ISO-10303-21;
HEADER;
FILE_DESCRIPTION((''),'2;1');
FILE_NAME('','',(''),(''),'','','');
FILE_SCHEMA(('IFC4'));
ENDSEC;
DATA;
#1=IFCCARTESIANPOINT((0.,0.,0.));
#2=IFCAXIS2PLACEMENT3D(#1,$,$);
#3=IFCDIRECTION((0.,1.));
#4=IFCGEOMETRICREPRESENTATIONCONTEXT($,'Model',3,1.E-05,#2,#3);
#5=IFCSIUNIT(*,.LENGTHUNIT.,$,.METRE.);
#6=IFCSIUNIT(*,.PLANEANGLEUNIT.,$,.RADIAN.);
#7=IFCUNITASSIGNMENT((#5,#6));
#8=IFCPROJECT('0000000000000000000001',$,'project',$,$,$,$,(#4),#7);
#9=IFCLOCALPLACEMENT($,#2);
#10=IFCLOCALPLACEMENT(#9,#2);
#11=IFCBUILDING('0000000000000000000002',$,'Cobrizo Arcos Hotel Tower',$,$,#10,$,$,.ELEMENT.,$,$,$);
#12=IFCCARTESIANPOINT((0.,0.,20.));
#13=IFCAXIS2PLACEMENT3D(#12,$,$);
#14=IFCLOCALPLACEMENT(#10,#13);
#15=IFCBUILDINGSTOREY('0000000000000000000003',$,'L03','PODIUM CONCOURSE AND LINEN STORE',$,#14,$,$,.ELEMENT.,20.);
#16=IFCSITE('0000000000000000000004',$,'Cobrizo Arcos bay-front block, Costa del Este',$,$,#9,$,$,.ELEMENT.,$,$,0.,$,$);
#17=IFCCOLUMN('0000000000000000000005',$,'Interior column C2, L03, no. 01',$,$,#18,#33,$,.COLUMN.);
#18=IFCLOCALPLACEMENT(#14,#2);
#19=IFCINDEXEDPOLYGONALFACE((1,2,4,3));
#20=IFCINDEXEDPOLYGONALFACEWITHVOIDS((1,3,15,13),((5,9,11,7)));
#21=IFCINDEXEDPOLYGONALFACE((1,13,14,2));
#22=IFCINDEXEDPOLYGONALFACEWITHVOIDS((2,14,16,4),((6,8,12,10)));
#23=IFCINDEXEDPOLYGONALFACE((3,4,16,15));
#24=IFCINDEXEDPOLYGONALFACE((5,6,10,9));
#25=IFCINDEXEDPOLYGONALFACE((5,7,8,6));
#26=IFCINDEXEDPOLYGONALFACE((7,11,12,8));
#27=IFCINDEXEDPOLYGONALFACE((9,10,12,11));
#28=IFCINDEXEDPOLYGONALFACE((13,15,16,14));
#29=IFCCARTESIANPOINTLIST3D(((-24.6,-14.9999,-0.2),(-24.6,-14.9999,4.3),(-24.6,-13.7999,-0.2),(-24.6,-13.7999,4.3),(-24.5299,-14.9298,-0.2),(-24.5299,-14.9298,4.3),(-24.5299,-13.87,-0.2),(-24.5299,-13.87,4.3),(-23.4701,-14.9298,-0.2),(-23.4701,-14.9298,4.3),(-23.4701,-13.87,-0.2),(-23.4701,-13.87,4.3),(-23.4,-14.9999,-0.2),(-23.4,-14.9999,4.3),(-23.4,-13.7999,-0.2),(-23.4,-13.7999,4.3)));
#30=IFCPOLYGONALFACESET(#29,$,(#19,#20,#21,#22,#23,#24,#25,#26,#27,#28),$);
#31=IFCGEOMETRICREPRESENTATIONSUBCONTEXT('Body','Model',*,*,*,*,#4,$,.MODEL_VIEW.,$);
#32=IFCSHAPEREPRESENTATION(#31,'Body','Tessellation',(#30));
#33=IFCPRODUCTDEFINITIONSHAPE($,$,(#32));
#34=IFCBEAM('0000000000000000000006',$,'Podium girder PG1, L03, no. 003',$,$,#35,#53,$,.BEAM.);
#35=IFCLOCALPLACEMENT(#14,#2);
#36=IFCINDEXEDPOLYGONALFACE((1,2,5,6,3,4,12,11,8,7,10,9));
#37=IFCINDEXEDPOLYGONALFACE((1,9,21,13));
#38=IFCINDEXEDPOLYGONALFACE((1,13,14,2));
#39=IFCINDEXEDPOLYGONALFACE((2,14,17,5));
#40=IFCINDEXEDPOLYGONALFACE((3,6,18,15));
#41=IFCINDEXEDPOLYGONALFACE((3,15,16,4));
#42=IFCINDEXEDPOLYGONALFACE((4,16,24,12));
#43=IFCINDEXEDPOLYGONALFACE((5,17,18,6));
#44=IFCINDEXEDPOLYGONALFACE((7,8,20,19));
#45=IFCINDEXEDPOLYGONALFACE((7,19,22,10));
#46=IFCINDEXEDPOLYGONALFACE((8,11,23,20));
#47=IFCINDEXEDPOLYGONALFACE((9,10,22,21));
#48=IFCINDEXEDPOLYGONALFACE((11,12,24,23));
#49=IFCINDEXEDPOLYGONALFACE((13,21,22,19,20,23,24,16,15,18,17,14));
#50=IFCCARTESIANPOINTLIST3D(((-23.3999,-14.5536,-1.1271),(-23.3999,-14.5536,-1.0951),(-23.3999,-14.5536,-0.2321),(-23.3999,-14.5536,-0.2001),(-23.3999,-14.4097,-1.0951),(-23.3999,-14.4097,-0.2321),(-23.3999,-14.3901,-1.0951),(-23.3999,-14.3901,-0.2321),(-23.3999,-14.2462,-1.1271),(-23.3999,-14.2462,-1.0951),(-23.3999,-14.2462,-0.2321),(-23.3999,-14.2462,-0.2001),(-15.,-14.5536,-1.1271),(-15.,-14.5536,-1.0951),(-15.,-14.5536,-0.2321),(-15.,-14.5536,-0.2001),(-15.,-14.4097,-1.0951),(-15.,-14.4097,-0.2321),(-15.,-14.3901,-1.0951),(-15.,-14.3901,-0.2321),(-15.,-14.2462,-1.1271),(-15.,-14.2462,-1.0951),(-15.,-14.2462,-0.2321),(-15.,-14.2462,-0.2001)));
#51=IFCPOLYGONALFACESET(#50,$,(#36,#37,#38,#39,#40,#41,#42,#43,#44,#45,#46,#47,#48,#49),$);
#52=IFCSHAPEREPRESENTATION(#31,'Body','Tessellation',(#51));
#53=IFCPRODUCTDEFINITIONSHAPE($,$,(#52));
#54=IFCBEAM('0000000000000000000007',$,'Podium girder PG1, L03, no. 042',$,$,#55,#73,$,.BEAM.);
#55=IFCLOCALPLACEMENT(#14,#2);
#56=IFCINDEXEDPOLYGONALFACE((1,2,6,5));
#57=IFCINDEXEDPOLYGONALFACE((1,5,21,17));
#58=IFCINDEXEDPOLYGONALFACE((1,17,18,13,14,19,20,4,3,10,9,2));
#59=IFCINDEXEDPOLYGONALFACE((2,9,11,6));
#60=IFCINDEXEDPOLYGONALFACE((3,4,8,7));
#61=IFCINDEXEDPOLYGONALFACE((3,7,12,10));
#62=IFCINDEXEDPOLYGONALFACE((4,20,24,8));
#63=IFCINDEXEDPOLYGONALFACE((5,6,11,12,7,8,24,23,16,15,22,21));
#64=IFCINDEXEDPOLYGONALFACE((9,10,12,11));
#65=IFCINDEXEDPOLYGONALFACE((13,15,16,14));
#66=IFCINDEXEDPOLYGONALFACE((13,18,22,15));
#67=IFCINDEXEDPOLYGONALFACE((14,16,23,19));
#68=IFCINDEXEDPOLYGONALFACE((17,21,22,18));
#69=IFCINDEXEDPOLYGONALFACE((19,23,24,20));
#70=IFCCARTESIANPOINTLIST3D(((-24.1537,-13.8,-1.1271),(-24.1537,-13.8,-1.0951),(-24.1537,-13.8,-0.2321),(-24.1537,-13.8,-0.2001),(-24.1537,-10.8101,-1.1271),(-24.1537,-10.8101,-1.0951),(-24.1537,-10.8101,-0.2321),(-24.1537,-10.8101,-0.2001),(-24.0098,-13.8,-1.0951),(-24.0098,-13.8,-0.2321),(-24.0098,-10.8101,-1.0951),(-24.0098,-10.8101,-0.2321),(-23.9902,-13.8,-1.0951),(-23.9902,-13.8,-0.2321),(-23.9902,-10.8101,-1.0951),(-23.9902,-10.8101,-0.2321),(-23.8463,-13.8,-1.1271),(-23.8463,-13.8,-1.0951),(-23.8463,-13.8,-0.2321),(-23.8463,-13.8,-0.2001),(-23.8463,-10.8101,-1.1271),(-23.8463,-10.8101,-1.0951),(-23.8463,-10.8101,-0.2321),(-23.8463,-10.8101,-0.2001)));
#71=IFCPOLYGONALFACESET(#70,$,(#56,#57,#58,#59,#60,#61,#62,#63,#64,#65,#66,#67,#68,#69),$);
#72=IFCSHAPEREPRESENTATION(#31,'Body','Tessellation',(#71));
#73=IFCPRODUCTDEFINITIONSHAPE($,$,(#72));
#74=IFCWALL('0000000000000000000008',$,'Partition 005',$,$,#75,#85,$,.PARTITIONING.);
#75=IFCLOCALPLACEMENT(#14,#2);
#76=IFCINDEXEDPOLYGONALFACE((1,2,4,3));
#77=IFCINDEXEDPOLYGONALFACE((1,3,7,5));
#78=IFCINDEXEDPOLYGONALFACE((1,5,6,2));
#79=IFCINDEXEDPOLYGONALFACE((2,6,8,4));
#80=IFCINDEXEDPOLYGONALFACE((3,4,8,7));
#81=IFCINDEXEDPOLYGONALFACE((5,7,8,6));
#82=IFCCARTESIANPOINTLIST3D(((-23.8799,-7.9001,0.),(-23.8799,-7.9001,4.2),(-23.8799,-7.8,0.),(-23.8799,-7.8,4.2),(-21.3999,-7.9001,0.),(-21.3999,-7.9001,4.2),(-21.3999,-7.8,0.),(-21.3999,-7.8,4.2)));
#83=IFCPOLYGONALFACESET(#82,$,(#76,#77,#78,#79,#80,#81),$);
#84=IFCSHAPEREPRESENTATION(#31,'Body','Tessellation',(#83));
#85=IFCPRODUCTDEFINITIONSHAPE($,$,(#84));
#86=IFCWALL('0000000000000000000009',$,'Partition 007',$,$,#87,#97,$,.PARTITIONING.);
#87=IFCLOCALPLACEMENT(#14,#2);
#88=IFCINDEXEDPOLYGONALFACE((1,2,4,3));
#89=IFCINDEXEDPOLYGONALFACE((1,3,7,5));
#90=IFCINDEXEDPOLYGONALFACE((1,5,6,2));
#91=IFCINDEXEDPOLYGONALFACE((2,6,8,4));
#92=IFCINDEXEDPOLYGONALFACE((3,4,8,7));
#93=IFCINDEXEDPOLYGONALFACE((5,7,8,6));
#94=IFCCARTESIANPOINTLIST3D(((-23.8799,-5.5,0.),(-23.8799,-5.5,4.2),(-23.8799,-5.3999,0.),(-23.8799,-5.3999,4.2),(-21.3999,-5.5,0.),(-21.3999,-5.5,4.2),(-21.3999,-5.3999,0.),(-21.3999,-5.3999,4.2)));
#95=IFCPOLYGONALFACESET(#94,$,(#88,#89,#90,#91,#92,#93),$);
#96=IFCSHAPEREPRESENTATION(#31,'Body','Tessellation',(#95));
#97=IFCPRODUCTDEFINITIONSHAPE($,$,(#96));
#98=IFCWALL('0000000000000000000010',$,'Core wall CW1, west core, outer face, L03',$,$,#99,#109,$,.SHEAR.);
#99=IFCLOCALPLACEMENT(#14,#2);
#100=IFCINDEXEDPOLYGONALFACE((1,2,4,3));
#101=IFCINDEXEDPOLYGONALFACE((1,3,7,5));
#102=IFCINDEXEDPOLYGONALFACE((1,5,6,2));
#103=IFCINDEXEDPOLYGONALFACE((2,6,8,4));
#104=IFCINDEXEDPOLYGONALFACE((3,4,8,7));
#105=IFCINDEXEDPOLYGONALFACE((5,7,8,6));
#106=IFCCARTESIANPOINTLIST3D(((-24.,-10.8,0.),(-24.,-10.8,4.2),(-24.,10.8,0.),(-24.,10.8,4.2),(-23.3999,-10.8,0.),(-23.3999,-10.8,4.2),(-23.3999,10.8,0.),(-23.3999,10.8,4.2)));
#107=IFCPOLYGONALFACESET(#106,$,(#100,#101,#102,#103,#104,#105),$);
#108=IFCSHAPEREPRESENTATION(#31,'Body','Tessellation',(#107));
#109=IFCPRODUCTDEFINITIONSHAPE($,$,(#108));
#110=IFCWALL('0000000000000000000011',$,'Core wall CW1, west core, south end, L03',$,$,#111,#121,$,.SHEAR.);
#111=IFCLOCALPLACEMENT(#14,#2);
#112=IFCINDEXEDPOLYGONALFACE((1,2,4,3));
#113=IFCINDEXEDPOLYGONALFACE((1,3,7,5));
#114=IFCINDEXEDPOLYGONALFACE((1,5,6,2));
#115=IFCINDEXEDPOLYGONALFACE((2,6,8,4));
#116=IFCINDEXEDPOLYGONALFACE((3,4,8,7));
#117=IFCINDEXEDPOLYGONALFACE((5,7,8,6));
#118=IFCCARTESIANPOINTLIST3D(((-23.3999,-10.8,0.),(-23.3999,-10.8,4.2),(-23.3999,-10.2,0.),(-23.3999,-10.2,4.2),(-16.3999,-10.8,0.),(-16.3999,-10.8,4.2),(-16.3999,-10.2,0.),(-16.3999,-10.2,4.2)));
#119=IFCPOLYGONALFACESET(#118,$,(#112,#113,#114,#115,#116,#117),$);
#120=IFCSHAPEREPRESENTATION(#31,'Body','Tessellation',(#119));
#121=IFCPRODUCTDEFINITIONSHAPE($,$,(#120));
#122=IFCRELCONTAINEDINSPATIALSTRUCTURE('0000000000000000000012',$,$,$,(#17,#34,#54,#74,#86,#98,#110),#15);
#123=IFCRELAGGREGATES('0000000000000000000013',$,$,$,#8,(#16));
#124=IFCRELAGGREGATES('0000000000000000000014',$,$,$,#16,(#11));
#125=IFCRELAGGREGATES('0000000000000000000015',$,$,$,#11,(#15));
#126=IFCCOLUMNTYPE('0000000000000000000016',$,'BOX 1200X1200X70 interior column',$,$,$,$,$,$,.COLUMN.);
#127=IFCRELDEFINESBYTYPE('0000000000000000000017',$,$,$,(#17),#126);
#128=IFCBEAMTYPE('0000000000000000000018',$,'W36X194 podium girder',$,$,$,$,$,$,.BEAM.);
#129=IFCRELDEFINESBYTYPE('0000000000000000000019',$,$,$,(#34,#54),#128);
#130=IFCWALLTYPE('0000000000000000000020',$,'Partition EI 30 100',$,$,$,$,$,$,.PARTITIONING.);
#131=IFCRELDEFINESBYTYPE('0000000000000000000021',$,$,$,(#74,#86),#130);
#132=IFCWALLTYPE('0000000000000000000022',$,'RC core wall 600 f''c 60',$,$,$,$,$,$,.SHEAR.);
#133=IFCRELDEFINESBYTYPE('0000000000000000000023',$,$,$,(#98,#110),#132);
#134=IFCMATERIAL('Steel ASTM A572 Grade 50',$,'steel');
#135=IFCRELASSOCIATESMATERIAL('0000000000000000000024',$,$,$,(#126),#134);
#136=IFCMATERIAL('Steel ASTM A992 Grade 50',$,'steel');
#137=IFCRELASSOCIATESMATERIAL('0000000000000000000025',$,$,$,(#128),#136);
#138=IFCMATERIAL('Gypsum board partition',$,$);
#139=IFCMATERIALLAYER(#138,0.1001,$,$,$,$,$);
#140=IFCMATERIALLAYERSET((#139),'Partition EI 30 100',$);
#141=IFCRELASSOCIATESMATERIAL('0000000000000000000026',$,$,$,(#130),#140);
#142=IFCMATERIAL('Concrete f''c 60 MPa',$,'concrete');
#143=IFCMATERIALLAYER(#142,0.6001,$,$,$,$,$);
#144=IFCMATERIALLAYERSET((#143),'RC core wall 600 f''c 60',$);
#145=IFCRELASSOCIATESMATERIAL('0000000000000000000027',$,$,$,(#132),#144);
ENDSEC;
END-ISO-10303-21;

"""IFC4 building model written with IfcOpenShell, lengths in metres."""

from ifc_helpers import new_model, si_unit, direction, frame, frame_2d, origin, origin_2d, place, context, subcontext, project, spatial, rectangle, hollow_rectangle, i_section, extrude, material, layer, layer_set, material_profile, profile_set, type_object, element, save


model = new_model("IFC4")

# Units and contexts
model_context = context("Model", 3, precision=1e-05, world=origin(), true_north=direction((0.0, 1.0)))
body_context = subcontext(model_context, "Body", "Model", "MODEL_VIEW")
ifc_project = project(units=[si_unit("LENGTHUNIT", "METRE"), si_unit("PLANEANGLEUNIT", "RADIAN")], contexts=[model_context])

# Site, building, storey
site_placement = place(None, origin())
site = spatial("IfcSite", under=ifc_project, at=site_placement, Name="Cobrizo Arcos bay-front block, Costa del Este", CompositionType="ELEMENT", RefElevation=0.0)
building_placement = place(site_placement, origin())
building = spatial("IfcBuilding", under=site, at=building_placement, Name="Cobrizo Arcos Hotel Tower", CompositionType="ELEMENT")
storey_placement = place(building_placement, frame((0.0, 0.0, 20.0)))
storey = spatial("IfcBuildingStorey", under=building, at=storey_placement, Name="L03", Description="PODIUM CONCOURSE AND LINEN STORE", CompositionType="ELEMENT", Elevation=20.0)

# Column
ifc_material_1 = material(Name="Steel ASTM A572 Grade 50", Category="steel")
ifc_material_profile_1 = material_profile(ifc_material_1, hollow_rectangle(XDim=1.2, YDim=1.2, WallThickness=0.0701, at=origin_2d()), Name="BOX 1200X1200X70")
ifc_profile_set_1 = profile_set([ifc_material_profile_1], Name="Steel ASTM A572 Grade 50")
column_type = type_object("IfcColumnType", Name="BOX 1200X1200X70 interior column", PredefinedType="COLUMN", material=ifc_profile_set_1)
column_placement = place(storey_placement, frame((-24.0, -14.3999, -0.2), z_axis=(0.0, 0.0, 1.0), x_axis=(1.0, 0.0, 0.0)))
element("IfcColumn", 1, at=column_placement, inside=storey, type_object=column_type, Name="Interior column C2, L03, no. 01", PredefinedType="COLUMN", context=body_context, shape_type="SweptSolid", body=[
    extrude(hollow_rectangle(XDim=1.2, YDim=1.2, WallThickness=0.0701, at=origin_2d()), origin(), (0.0, 0.0, 1.0), 4.5),
])

# Beams
ifc_material_2 = material(Name="Steel ASTM A992 Grade 50", Category="steel")
ifc_material_profile_2 = material_profile(ifc_material_2, i_section(OverallWidth=0.3074, OverallDepth=0.927, WebThickness=0.0195, FlangeThickness=0.032, at=origin_2d()), Name="W36X194")
ifc_profile_set_2 = profile_set([ifc_material_profile_2], Name="Steel ASTM A992 Grade 50")
beam_type = type_object("IfcBeamType", Name="W36X194 podium girder", PredefinedType="BEAM", material=ifc_profile_set_2)
beam_1_placement = place(storey_placement, frame((-23.3999, -14.3999, -0.6636), z_axis=(1.0, 0.0, 0.0), x_axis=(0.0, 1.0, 0.0)))
element("IfcBeam", 2, at=beam_1_placement, inside=storey, type_object=beam_type, Name="Podium girder PG1, L03, no. 003", PredefinedType="BEAM", context=body_context, shape_type="SweptSolid", body=[
    extrude(i_section(OverallWidth=0.3074, OverallDepth=0.927, WebThickness=0.0195, FlangeThickness=0.032, at=origin_2d()), origin(), (0.0, 0.0, 1.0), 8.3999),
])
beam_2_placement = place(storey_placement, frame((-24.0, -13.8, -0.6636), z_axis=(0.0, 1.0, 0.0), x_axis=(-1.0, 0.0, 0.0)))
element("IfcBeam", 3, at=beam_2_placement, inside=storey, type_object=beam_type, Name="Podium girder PG1, L03, no. 042", PredefinedType="BEAM", context=body_context, shape_type="SweptSolid", body=[
    extrude(i_section(OverallWidth=0.3074, OverallDepth=0.927, WebThickness=0.0195, FlangeThickness=0.032, at=origin_2d()), origin(), (0.0, 0.0, 1.0), 2.99),
])

# Walls
ifc_material_3 = material(Name="Gypsum board partition")
ifc_layer_1 = layer(ifc_material_3, 0.1001)
ifc_layer_set_1 = layer_set([ifc_layer_1], Name="Partition EI 30 100")
wall_type_1 = type_object("IfcWallType", Name="Partition EI 30 100", PredefinedType="PARTITIONING", material=ifc_layer_set_1)
for number, where, z_axis, x_axis, name in (
    (4, (-23.8799, -7.8501, 0.0), (0.0, 0.0, 1.0), (1.0, 0.0, 0.0), "Partition 005"),
    (5, (-23.8799, -5.45, 0.0), (0.0, 0.0, 1.0), (1.0, 0.0, 0.0), "Partition 007"),
):
    element("IfcWall", number, at=place(storey_placement, frame(where, z_axis=z_axis, x_axis=x_axis)), inside=storey, type_object=wall_type_1, Name=name, PredefinedType="PARTITIONING", context=body_context, shape_type="SweptSolid", body=[
        extrude(rectangle(XDim=2.48, YDim=0.1001, at=frame_2d((1.24, 0.0))), origin(), (0.0, 0.0, 1.0), 4.2),
    ])
ifc_material_4 = material(Name="Concrete f'c 60 MPa", Category="concrete")
ifc_layer_2 = layer(ifc_material_4, 0.6001)
ifc_layer_set_2 = layer_set([ifc_layer_2], Name="RC core wall 600 f'c 60")
wall_type_2 = type_object("IfcWallType", Name="RC core wall 600 f'c 60", PredefinedType="SHEAR", material=ifc_layer_set_2)
wall_1_placement = place(storey_placement, frame((-23.7, -10.8, 0.0), z_axis=(0.0, 0.0, 1.0), x_axis=(0.0, 1.0, 0.0)))
element("IfcWall", 6, at=wall_1_placement, inside=storey, type_object=wall_type_2, Name="Core wall CW1, west core, outer face, L03", PredefinedType="SHEAR", context=body_context, shape_type="SweptSolid", body=[
    extrude(rectangle(XDim=21.6001, YDim=0.6001, at=frame_2d((10.8, 0.0))), origin(), (0.0, 0.0, 1.0), 4.2),
])
wall_2_placement = place(storey_placement, frame((-23.3999, -10.5, 0.0), z_axis=(0.0, 0.0, 1.0), x_axis=(1.0, 0.0, 0.0)))
element("IfcWall", 7, at=wall_2_placement, inside=storey, type_object=wall_type_2, Name="Core wall CW1, west core, south end, L03", PredefinedType="SHEAR", context=body_context, shape_type="SweptSolid", body=[
    extrude(rectangle(XDim=7.0, YDim=0.6001, at=frame_2d((3.5, 0.0))), origin(), (0.0, 0.0, 1.0), 4.2),
])

save(model, "model.ifc")
